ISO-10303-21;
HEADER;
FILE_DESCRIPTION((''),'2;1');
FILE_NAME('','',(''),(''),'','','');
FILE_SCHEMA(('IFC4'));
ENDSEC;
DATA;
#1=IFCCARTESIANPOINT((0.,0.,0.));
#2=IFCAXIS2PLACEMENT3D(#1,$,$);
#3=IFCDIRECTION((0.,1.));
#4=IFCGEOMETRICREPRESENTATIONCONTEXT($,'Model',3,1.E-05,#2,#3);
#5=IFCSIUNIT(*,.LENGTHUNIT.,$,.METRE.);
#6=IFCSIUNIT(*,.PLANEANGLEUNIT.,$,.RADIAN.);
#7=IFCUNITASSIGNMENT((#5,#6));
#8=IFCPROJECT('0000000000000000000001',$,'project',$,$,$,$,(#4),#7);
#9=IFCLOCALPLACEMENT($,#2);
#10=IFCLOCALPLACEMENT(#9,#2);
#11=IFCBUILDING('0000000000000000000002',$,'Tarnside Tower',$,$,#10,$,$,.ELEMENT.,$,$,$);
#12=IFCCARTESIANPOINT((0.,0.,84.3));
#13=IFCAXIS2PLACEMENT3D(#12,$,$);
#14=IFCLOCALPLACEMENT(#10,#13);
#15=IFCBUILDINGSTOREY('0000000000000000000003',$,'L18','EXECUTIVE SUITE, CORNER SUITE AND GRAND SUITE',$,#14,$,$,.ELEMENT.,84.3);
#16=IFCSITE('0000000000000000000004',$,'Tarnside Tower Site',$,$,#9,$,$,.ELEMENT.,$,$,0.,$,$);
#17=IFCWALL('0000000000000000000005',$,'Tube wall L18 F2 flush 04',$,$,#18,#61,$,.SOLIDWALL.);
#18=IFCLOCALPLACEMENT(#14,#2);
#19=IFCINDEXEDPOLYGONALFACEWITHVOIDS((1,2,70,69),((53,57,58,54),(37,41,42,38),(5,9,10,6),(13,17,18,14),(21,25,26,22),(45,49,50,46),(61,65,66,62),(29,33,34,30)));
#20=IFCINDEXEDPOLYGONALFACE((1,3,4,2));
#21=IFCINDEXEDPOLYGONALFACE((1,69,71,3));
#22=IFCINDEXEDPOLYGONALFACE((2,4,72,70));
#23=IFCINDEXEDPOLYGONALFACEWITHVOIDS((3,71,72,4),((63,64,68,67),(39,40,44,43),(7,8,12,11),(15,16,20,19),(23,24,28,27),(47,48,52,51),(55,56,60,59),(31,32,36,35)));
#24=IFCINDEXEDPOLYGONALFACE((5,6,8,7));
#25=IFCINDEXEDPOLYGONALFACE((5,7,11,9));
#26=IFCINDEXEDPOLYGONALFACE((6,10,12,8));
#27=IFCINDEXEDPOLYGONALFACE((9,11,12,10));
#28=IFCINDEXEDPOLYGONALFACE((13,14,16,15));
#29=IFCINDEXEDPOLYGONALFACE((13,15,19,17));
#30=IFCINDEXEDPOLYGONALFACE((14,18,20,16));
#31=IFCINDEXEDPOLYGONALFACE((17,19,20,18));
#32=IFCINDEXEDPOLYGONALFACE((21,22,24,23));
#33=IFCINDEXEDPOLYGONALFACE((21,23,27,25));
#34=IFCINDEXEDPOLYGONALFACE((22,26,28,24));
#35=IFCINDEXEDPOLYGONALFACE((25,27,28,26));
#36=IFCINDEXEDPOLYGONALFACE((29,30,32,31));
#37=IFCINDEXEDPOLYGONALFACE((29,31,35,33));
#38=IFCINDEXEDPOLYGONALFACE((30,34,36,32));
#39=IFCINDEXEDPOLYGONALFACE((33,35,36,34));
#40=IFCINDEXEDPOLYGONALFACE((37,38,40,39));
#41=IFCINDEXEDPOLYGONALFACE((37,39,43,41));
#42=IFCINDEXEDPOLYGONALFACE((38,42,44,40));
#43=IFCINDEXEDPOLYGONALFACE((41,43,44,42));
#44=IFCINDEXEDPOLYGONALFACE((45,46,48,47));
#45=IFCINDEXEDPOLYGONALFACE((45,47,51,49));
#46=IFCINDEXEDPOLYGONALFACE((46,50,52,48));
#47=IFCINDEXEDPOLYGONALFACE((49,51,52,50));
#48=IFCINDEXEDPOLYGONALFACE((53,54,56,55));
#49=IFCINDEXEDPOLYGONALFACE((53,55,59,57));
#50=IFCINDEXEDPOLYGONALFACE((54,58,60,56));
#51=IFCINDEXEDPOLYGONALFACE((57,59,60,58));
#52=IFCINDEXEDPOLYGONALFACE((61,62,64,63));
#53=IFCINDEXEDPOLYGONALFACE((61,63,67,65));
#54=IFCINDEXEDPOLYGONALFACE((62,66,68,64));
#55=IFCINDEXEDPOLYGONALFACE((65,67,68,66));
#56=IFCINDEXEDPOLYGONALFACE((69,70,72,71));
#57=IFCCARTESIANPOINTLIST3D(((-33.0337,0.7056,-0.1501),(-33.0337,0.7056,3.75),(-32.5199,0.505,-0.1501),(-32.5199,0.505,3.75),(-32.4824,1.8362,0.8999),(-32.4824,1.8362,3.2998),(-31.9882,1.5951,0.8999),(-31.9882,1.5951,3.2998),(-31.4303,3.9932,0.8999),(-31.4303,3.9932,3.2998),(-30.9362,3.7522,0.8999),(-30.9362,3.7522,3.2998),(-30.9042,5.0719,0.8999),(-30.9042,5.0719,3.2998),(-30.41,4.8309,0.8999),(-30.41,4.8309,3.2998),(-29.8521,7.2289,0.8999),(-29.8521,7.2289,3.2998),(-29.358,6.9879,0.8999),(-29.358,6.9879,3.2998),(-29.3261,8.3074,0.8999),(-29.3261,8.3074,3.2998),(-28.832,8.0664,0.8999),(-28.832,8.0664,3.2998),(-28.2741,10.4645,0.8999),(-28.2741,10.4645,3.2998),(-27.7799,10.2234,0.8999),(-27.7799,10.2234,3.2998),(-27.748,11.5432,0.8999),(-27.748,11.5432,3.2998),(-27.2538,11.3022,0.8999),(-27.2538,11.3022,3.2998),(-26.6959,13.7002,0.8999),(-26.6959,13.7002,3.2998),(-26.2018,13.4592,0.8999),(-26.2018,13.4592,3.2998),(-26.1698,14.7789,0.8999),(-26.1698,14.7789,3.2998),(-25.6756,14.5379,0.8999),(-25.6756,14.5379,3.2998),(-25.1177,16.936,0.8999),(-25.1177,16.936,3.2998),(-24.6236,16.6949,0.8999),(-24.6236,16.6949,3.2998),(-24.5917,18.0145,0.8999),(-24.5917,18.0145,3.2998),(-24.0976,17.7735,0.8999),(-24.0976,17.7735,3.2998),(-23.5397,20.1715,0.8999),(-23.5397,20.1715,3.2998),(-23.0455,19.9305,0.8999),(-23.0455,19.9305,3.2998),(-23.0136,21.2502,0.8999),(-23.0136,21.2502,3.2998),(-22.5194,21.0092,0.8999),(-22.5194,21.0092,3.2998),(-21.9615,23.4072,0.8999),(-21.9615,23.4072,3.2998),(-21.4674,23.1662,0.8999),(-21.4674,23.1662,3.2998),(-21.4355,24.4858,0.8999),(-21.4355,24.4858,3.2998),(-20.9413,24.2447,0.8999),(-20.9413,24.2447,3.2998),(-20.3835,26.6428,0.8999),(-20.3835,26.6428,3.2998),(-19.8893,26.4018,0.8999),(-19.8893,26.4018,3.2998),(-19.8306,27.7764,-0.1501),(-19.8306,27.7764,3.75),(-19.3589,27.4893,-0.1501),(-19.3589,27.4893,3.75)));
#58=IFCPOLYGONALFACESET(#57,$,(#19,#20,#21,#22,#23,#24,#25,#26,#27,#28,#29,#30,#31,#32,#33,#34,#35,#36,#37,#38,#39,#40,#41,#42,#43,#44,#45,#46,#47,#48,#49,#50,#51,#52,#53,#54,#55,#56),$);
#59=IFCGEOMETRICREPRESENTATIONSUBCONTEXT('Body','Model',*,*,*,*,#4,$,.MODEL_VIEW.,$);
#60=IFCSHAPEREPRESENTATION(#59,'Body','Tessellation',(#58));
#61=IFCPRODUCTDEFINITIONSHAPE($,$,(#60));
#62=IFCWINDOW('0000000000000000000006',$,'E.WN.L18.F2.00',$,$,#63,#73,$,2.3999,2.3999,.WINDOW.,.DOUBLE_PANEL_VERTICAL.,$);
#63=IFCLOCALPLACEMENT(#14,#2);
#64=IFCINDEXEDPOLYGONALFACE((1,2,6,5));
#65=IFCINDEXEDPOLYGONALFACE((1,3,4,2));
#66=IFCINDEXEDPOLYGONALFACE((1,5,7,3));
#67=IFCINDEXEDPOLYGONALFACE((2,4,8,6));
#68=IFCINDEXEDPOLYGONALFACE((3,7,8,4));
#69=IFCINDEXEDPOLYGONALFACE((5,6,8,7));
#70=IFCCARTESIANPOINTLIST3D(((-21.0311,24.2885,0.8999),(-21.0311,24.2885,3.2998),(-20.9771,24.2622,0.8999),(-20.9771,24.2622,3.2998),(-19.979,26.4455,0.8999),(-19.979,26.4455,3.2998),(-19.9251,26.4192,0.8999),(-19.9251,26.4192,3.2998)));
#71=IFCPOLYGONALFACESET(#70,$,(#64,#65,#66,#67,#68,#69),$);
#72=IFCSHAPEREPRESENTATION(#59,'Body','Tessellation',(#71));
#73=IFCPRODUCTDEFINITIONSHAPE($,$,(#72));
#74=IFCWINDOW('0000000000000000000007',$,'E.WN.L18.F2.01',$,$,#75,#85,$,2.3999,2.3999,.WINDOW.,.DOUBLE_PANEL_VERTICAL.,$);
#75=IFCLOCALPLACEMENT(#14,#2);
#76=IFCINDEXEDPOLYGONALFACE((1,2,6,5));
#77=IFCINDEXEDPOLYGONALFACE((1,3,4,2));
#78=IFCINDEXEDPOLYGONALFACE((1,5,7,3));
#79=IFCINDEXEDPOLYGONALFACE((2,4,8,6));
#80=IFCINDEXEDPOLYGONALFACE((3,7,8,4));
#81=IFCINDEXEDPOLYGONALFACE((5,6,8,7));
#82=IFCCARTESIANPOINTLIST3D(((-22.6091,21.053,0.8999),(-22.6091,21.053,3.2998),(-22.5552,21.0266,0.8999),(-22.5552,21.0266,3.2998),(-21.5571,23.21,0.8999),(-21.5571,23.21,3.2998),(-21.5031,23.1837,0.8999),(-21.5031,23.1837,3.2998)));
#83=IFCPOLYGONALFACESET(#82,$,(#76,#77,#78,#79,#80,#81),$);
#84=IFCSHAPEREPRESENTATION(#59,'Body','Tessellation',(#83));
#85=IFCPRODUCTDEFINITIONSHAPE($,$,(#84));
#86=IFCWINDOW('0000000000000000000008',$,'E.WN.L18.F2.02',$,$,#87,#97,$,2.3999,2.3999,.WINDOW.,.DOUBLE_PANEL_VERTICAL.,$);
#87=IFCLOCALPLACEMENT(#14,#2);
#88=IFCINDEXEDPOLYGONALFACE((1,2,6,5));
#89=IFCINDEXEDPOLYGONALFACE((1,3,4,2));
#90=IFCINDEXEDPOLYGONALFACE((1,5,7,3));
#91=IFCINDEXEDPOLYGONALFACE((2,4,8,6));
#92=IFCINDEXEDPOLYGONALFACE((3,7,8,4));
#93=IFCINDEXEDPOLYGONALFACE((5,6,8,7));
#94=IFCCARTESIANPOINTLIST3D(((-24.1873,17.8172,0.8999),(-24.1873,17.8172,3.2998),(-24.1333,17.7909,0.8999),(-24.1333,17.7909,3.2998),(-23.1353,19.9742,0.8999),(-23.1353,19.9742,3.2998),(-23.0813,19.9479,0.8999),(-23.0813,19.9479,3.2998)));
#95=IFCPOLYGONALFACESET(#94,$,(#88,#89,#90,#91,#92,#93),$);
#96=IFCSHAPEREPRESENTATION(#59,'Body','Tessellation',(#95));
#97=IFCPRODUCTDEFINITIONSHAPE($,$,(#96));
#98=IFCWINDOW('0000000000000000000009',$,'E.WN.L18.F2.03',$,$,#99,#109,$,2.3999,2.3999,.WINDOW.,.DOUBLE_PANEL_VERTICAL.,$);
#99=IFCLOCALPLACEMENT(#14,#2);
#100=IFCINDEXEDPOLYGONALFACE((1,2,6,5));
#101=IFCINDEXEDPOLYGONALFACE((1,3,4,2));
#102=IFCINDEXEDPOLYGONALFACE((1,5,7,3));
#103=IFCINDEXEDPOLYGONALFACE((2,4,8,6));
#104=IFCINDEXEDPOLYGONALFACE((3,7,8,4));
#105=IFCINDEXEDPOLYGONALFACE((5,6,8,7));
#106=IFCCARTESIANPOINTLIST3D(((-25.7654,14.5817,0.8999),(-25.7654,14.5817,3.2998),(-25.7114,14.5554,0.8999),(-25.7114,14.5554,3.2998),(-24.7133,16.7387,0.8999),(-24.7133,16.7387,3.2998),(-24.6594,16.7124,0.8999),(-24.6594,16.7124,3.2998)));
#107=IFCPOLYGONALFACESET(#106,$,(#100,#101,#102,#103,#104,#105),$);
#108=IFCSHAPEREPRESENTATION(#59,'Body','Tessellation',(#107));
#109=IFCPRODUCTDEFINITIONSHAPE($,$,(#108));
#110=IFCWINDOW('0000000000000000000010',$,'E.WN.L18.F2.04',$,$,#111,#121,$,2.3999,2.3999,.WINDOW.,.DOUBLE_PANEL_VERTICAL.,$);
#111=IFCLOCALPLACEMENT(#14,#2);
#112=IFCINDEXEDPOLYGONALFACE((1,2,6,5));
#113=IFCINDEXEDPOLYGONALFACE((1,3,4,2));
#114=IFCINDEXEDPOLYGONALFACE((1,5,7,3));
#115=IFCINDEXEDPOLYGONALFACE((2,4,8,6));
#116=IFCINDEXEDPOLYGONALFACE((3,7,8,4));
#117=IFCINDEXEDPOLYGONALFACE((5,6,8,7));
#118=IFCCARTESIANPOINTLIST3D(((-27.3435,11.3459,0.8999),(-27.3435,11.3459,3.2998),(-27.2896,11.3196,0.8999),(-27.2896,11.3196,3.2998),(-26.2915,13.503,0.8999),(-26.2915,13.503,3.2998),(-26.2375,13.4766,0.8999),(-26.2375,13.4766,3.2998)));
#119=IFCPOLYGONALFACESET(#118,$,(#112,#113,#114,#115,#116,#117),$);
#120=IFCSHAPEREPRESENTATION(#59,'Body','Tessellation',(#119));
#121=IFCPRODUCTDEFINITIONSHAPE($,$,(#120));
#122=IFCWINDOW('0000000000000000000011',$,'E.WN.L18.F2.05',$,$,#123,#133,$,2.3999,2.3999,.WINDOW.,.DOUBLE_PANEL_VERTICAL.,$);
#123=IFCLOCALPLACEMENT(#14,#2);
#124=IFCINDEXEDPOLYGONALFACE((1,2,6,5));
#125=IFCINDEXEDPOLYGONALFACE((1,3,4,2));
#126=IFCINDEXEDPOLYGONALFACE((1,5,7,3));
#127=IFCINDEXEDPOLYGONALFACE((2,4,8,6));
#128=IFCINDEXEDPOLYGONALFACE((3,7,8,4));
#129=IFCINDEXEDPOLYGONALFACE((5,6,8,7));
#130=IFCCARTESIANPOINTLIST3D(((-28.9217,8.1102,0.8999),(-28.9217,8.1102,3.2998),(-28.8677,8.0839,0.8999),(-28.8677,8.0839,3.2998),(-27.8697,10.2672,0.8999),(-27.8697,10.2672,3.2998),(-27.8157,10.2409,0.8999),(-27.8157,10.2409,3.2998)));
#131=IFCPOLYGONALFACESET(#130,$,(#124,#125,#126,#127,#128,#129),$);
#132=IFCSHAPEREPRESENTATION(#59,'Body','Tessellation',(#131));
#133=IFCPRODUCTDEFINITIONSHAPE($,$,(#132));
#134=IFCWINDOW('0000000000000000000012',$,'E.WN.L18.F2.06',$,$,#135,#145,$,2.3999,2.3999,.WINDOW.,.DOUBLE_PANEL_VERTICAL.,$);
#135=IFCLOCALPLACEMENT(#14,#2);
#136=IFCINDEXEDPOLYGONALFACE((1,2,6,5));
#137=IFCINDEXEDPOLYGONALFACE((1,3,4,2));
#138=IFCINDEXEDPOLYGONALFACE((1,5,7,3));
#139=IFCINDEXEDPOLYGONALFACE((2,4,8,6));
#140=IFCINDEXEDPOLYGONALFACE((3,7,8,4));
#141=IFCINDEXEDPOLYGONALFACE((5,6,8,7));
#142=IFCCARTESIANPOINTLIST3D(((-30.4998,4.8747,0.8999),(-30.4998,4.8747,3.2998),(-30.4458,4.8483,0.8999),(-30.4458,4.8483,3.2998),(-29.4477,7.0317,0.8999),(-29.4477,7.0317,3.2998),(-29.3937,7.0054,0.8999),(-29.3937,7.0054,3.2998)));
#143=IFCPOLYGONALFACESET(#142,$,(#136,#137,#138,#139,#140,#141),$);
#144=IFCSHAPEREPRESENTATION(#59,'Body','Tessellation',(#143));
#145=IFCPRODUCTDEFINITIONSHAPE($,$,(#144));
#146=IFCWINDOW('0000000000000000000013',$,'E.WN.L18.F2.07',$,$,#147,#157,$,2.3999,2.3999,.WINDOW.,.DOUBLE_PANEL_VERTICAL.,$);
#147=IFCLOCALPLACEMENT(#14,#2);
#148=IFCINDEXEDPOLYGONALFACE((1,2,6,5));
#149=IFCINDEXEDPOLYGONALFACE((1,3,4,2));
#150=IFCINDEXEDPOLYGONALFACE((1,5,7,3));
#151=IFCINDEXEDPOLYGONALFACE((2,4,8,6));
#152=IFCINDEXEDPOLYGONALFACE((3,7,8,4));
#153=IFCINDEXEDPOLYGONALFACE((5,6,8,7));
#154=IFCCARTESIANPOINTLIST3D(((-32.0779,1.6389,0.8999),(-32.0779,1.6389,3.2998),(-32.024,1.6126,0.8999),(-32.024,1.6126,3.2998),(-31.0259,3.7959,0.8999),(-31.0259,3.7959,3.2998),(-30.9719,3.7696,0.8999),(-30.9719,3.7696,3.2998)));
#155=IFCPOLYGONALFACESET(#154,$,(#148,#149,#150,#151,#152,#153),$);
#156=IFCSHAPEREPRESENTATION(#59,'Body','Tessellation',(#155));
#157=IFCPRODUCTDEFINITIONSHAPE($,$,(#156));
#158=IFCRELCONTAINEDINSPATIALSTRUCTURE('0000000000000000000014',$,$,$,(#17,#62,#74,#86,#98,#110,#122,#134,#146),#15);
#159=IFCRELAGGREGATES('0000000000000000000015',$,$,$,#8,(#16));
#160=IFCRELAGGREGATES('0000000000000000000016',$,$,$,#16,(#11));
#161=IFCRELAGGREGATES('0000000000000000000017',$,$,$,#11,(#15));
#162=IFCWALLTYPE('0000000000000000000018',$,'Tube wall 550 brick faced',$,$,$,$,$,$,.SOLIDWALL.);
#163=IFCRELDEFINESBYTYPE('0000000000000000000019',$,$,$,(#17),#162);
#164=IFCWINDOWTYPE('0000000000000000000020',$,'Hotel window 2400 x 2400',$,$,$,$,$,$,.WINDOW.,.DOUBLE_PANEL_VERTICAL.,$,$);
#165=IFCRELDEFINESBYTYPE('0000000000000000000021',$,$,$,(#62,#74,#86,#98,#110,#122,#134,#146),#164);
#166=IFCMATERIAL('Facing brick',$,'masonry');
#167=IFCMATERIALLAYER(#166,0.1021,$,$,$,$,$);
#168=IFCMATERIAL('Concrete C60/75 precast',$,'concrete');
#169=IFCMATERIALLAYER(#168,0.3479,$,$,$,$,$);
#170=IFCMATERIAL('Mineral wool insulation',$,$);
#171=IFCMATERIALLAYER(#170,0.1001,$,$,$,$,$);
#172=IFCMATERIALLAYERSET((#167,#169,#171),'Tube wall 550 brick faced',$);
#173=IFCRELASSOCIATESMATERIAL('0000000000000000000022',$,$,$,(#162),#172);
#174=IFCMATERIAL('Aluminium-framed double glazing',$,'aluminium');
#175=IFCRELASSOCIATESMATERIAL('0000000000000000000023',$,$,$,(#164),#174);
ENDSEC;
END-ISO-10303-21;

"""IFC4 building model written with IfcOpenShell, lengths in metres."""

from ifc_helpers import new_model, si_unit, direction, frame, frame_2d, origin, place, context, subcontext, project, spatial, polyline, rectangle, outline, extrude, material, layer, layer_set, type_object, element, fill, save


model = new_model("IFC4")

# Units and contexts
model_context = context("Model", 3, precision=1e-05, world=origin(), true_north=direction((0.0, 1.0)))
body_context = subcontext(model_context, "Body", "Model", "MODEL_VIEW")
ifc_project = project(units=[si_unit("LENGTHUNIT", "METRE"), si_unit("PLANEANGLEUNIT", "RADIAN")], contexts=[model_context])

# Site, building, storey
site_placement = place(None, origin())
site = spatial("IfcSite", under=ifc_project, at=site_placement, Name="Tarnside Tower Site", CompositionType="ELEMENT", RefElevation=0.0)
building_placement = place(site_placement, origin())
building = spatial("IfcBuilding", under=site, at=building_placement, Name="Tarnside Tower", CompositionType="ELEMENT")
storey_placement = place(building_placement, frame((0.0, 0.0, 84.3)))
storey = spatial("IfcBuildingStorey", under=building, at=storey_placement, Name="L18", Description="EXECUTIVE SUITE, CORNER SUITE AND GRAND SUITE", CompositionType="ELEMENT", Elevation=84.3)

# Shared definitions
ifc_material_1 = material(Name="Facing brick", Category="masonry")
ifc_layer_1 = layer(ifc_material_1, 0.1021)
ifc_material_2 = material(Name="Concrete C60/75 precast", Category="concrete")
ifc_layer_2 = layer(ifc_material_2, 0.3479)
ifc_material_3 = material(Name="Mineral wool insulation")
ifc_layer_3 = layer(ifc_material_3, 0.1001)
ifc_layer_set_1 = layer_set([ifc_layer_1, ifc_layer_2, ifc_layer_3], Name="Tube wall 550 brick faced")
wall_type_1 = type_object("IfcWallType", Name="Tube wall 550 brick faced", PredefinedType="SOLIDWALL", material=ifc_layer_set_1)

# Wall, openings, windows
wall_1_placement = place(storey_placement, frame((-19.5947, 27.6328, -0.1501), z_axis=(0.0, 0.0, 1.0), x_axis=(-0.438368, -0.898795, 0.0)))
wall_1 = element("IfcWall", 1, at=wall_1_placement, inside=storey, type_object=wall_type_1, Name="Tube wall L18 F2 flush 04", PredefinedType="SOLIDWALL", context=body_context, shape_type="SweptSolid", body=[
    extrude(outline(polyline([(-0.0256, -0.2749), (30.0933, -0.2749), (30.0483, 0.2749), (0.0256, 0.2749), (-0.0256, -0.2749)])), origin(), (0.0, 0.0, 1.0), 3.9001),
])
opening_1_placement = place(wall_1_placement, frame((1.2356, 0.0, 1.05)))
opening_1 = element("IfcOpeningElement", 2, at=opening_1_placement, cuts=wall_1, PredefinedType="OPENING", context=body_context, shape_type="SweptSolid", body=[
    extrude(rectangle(XDim=2.3999, YDim=2.3999, at=frame_2d((1.2, 1.2))), frame((0.0, 0.2852, 0.0), z_axis=(0.0, -1.0, 0.0), x_axis=(1.0, 0.0, 0.0)), (0.0, 0.0, 1.0), 0.5701),
])
opening_2_placement = place(wall_1_placement, frame((4.8354, 0.0, 1.05)))
opening_2 = element("IfcOpeningElement", 3, at=opening_2_placement, cuts=wall_1, PredefinedType="OPENING", context=body_context, shape_type="SweptSolid", body=[
    extrude(rectangle(XDim=2.3999, YDim=2.3999, at=frame_2d((1.2, 1.2))), frame((0.0, 0.2852, 0.0), z_axis=(0.0, -1.0, 0.0), x_axis=(1.0, 0.0, 0.0)), (0.0, 0.0, 1.0), 0.5701),
])
opening_3_placement = place(wall_1_placement, frame((8.4355, 0.0, 1.05)))
opening_3 = element("IfcOpeningElement", 4, at=opening_3_placement, cuts=wall_1, PredefinedType="OPENING", context=body_context, shape_type="SweptSolid", body=[
    extrude(rectangle(XDim=2.3999, YDim=2.3999, at=frame_2d((1.2, 1.2))), frame((0.0, 0.2852, 0.0), z_axis=(0.0, -1.0, 0.0), x_axis=(1.0, 0.0, 0.0)), (0.0, 0.0, 1.0), 0.5701),
])
opening_4_placement = place(wall_1_placement, frame((12.0354, 0.0, 1.05)))
opening_4 = element("IfcOpeningElement", 5, at=opening_4_placement, cuts=wall_1, PredefinedType="OPENING", context=body_context, shape_type="SweptSolid", body=[
    extrude(rectangle(XDim=2.3999, YDim=2.3999, at=frame_2d((1.2, 1.2))), frame((0.0, 0.2852, 0.0), z_axis=(0.0, -1.0, 0.0), x_axis=(1.0, 0.0, 0.0)), (0.0, 0.0, 1.0), 0.5701),
])
opening_5_placement = place(wall_1_placement, frame((15.6355, 0.0, 1.05)))
opening_5 = element("IfcOpeningElement", 6, at=opening_5_placement, cuts=wall_1, PredefinedType="OPENING", context=body_context, shape_type="SweptSolid", body=[
    extrude(rectangle(XDim=2.3999, YDim=2.3999, at=frame_2d((1.2, 1.2))), frame((0.0, 0.2852, 0.0), z_axis=(0.0, -1.0, 0.0), x_axis=(1.0, 0.0, 0.0)), (0.0, 0.0, 1.0), 0.5701),
])
opening_6_placement = place(wall_1_placement, frame((19.2356, 0.0, 1.05)))
opening_6 = element("IfcOpeningElement", 7, at=opening_6_placement, cuts=wall_1, PredefinedType="OPENING", context=body_context, shape_type="SweptSolid", body=[
    extrude(rectangle(XDim=2.3999, YDim=2.3999, at=frame_2d((1.2, 1.2))), frame((0.0, 0.2852, 0.0), z_axis=(0.0, -1.0, 0.0), x_axis=(1.0, 0.0, 0.0)), (0.0, 0.0, 1.0), 0.5701),
])
opening_7_placement = place(wall_1_placement, frame((22.8354, 0.0, 1.05)))
opening_7 = element("IfcOpeningElement", 8, at=opening_7_placement, cuts=wall_1, PredefinedType="OPENING", context=body_context, shape_type="SweptSolid", body=[
    extrude(rectangle(XDim=2.3999, YDim=2.3999, at=frame_2d((1.2, 1.2))), frame((0.0, 0.2852, 0.0), z_axis=(0.0, -1.0, 0.0), x_axis=(1.0, 0.0, 0.0)), (0.0, 0.0, 1.0), 0.5701),
])
opening_8_placement = place(wall_1_placement, frame((26.4355, 0.0, 1.05)))
opening_8 = element("IfcOpeningElement", 9, at=opening_8_placement, cuts=wall_1, PredefinedType="OPENING", context=body_context, shape_type="SweptSolid", body=[
    extrude(rectangle(XDim=2.3999, YDim=2.3999, at=frame_2d((1.2, 1.2))), frame((0.0, 0.2852, 0.0), z_axis=(0.0, -1.0, 0.0), x_axis=(1.0, 0.0, 0.0)), (0.0, 0.0, 1.0), 0.5701),
])
ifc_material_4 = material(Name="Aluminium-framed double glazing", Category="aluminium")
window_type = type_object("IfcWindowType", Name="Hotel window 2400 x 2400", PartitioningType="DOUBLE_PANEL_VERTICAL", PredefinedType="WINDOW", material=ifc_material_4)
window_1_placement = place(opening_1_placement, frame((0.0, 0.2051, 0.0)))
window_1 = element("IfcWindow", 10, at=window_1_placement, inside=storey, type_object=window_type, Name="E.WN.L18.F2.00", OverallHeight=2.3999, OverallWidth=2.3999, PartitioningType="DOUBLE_PANEL_VERTICAL", PredefinedType="WINDOW", context=body_context, shape_type="SweptSolid", body=[
    extrude(rectangle(XDim=2.3999, YDim=2.3999, at=frame_2d((1.2, 1.2))), frame((0.0, 0.03, 0.0), z_axis=(0.0, -1.0, 0.0), x_axis=(1.0, 0.0, 0.0)), (0.0, 0.0, 1.0), 0.0601),
])
fill(opening_1, window_1)
window_2_placement = place(opening_2_placement, frame((0.0, 0.2051, 0.0)))
window_2 = element("IfcWindow", 11, at=window_2_placement, inside=storey, type_object=window_type, Name="E.WN.L18.F2.01", OverallHeight=2.3999, OverallWidth=2.3999, PartitioningType="DOUBLE_PANEL_VERTICAL", PredefinedType="WINDOW", context=body_context, shape_type="SweptSolid", body=[
    extrude(rectangle(XDim=2.3999, YDim=2.3999, at=frame_2d((1.2, 1.2))), frame((0.0, 0.03, 0.0), z_axis=(0.0, -1.0, 0.0), x_axis=(1.0, 0.0, 0.0)), (0.0, 0.0, 1.0), 0.0601),
])
fill(opening_2, window_2)
window_3_placement = place(opening_3_placement, frame((0.0, 0.2051, 0.0)))
window_3 = element("IfcWindow", 12, at=window_3_placement, inside=storey, type_object=window_type, Name="E.WN.L18.F2.02", OverallHeight=2.3999, OverallWidth=2.3999, PartitioningType="DOUBLE_PANEL_VERTICAL", PredefinedType="WINDOW", context=body_context, shape_type="SweptSolid", body=[
    extrude(rectangle(XDim=2.3999, YDim=2.3999, at=frame_2d((1.2, 1.2))), frame((0.0, 0.03, 0.0), z_axis=(0.0, -1.0, 0.0), x_axis=(1.0, 0.0, 0.0)), (0.0, 0.0, 1.0), 0.0601),
])
fill(opening_3, window_3)
window_4_placement = place(opening_4_placement, frame((0.0, 0.2051, 0.0)))
window_4 = element("IfcWindow", 13, at=window_4_placement, inside=storey, type_object=window_type, Name="E.WN.L18.F2.03", OverallHeight=2.3999, OverallWidth=2.3999, PartitioningType="DOUBLE_PANEL_VERTICAL", PredefinedType="WINDOW", context=body_context, shape_type="SweptSolid", body=[
    extrude(rectangle(XDim=2.3999, YDim=2.3999, at=frame_2d((1.2, 1.2))), frame((0.0, 0.03, 0.0), z_axis=(0.0, -1.0, 0.0), x_axis=(1.0, 0.0, 0.0)), (0.0, 0.0, 1.0), 0.0601),
])
fill(opening_4, window_4)
window_5_placement = place(opening_5_placement, frame((0.0, 0.2051, 0.0)))
window_5 = element("IfcWindow", 14, at=window_5_placement, inside=storey, type_object=window_type, Name="E.WN.L18.F2.04", OverallHeight=2.3999, OverallWidth=2.3999, PartitioningType="DOUBLE_PANEL_VERTICAL", PredefinedType="WINDOW", context=body_context, shape_type="SweptSolid", body=[
    extrude(rectangle(XDim=2.3999, YDim=2.3999, at=frame_2d((1.2, 1.2))), frame((0.0, 0.03, 0.0), z_axis=(0.0, -1.0, 0.0), x_axis=(1.0, 0.0, 0.0)), (0.0, 0.0, 1.0), 0.0601),
])
fill(opening_5, window_5)
window_6_placement = place(opening_6_placement, frame((0.0, 0.2051, 0.0)))
window_6 = element("IfcWindow", 15, at=window_6_placement, inside=storey, type_object=window_type, Name="E.WN.L18.F2.05", OverallHeight=2.3999, OverallWidth=2.3999, PartitioningType="DOUBLE_PANEL_VERTICAL", PredefinedType="WINDOW", context=body_context, shape_type="SweptSolid", body=[
    extrude(rectangle(XDim=2.3999, YDim=2.3999, at=frame_2d((1.2, 1.2))), frame((0.0, 0.03, 0.0), z_axis=(0.0, -1.0, 0.0), x_axis=(1.0, 0.0, 0.0)), (0.0, 0.0, 1.0), 0.0601),
])
fill(opening_6, window_6)
window_7_placement = place(opening_7_placement, frame((0.0, 0.2051, 0.0)))
window_7 = element("IfcWindow", 16, at=window_7_placement, inside=storey, type_object=window_type, Name="E.WN.L18.F2.06", OverallHeight=2.3999, OverallWidth=2.3999, PartitioningType="DOUBLE_PANEL_VERTICAL", PredefinedType="WINDOW", context=body_context, shape_type="SweptSolid", body=[
    extrude(rectangle(XDim=2.3999, YDim=2.3999, at=frame_2d((1.2, 1.2))), frame((0.0, 0.03, 0.0), z_axis=(0.0, -1.0, 0.0), x_axis=(1.0, 0.0, 0.0)), (0.0, 0.0, 1.0), 0.0601),
])
fill(opening_7, window_7)
window_8_placement = place(opening_8_placement, frame((0.0, 0.2051, 0.0)))
window_8 = element("IfcWindow", 17, at=window_8_placement, inside=storey, type_object=window_type, Name="E.WN.L18.F2.07", OverallHeight=2.3999, OverallWidth=2.3999, PartitioningType="DOUBLE_PANEL_VERTICAL", PredefinedType="WINDOW", context=body_context, shape_type="SweptSolid", body=[
    extrude(rectangle(XDim=2.3999, YDim=2.3999, at=frame_2d((1.2, 1.2))), frame((0.0, 0.03, 0.0), z_axis=(0.0, -1.0, 0.0), x_axis=(1.0, 0.0, 0.0)), (0.0, 0.0, 1.0), 0.0601),
])
fill(opening_8, window_8)

save(model, "model.ifc")
